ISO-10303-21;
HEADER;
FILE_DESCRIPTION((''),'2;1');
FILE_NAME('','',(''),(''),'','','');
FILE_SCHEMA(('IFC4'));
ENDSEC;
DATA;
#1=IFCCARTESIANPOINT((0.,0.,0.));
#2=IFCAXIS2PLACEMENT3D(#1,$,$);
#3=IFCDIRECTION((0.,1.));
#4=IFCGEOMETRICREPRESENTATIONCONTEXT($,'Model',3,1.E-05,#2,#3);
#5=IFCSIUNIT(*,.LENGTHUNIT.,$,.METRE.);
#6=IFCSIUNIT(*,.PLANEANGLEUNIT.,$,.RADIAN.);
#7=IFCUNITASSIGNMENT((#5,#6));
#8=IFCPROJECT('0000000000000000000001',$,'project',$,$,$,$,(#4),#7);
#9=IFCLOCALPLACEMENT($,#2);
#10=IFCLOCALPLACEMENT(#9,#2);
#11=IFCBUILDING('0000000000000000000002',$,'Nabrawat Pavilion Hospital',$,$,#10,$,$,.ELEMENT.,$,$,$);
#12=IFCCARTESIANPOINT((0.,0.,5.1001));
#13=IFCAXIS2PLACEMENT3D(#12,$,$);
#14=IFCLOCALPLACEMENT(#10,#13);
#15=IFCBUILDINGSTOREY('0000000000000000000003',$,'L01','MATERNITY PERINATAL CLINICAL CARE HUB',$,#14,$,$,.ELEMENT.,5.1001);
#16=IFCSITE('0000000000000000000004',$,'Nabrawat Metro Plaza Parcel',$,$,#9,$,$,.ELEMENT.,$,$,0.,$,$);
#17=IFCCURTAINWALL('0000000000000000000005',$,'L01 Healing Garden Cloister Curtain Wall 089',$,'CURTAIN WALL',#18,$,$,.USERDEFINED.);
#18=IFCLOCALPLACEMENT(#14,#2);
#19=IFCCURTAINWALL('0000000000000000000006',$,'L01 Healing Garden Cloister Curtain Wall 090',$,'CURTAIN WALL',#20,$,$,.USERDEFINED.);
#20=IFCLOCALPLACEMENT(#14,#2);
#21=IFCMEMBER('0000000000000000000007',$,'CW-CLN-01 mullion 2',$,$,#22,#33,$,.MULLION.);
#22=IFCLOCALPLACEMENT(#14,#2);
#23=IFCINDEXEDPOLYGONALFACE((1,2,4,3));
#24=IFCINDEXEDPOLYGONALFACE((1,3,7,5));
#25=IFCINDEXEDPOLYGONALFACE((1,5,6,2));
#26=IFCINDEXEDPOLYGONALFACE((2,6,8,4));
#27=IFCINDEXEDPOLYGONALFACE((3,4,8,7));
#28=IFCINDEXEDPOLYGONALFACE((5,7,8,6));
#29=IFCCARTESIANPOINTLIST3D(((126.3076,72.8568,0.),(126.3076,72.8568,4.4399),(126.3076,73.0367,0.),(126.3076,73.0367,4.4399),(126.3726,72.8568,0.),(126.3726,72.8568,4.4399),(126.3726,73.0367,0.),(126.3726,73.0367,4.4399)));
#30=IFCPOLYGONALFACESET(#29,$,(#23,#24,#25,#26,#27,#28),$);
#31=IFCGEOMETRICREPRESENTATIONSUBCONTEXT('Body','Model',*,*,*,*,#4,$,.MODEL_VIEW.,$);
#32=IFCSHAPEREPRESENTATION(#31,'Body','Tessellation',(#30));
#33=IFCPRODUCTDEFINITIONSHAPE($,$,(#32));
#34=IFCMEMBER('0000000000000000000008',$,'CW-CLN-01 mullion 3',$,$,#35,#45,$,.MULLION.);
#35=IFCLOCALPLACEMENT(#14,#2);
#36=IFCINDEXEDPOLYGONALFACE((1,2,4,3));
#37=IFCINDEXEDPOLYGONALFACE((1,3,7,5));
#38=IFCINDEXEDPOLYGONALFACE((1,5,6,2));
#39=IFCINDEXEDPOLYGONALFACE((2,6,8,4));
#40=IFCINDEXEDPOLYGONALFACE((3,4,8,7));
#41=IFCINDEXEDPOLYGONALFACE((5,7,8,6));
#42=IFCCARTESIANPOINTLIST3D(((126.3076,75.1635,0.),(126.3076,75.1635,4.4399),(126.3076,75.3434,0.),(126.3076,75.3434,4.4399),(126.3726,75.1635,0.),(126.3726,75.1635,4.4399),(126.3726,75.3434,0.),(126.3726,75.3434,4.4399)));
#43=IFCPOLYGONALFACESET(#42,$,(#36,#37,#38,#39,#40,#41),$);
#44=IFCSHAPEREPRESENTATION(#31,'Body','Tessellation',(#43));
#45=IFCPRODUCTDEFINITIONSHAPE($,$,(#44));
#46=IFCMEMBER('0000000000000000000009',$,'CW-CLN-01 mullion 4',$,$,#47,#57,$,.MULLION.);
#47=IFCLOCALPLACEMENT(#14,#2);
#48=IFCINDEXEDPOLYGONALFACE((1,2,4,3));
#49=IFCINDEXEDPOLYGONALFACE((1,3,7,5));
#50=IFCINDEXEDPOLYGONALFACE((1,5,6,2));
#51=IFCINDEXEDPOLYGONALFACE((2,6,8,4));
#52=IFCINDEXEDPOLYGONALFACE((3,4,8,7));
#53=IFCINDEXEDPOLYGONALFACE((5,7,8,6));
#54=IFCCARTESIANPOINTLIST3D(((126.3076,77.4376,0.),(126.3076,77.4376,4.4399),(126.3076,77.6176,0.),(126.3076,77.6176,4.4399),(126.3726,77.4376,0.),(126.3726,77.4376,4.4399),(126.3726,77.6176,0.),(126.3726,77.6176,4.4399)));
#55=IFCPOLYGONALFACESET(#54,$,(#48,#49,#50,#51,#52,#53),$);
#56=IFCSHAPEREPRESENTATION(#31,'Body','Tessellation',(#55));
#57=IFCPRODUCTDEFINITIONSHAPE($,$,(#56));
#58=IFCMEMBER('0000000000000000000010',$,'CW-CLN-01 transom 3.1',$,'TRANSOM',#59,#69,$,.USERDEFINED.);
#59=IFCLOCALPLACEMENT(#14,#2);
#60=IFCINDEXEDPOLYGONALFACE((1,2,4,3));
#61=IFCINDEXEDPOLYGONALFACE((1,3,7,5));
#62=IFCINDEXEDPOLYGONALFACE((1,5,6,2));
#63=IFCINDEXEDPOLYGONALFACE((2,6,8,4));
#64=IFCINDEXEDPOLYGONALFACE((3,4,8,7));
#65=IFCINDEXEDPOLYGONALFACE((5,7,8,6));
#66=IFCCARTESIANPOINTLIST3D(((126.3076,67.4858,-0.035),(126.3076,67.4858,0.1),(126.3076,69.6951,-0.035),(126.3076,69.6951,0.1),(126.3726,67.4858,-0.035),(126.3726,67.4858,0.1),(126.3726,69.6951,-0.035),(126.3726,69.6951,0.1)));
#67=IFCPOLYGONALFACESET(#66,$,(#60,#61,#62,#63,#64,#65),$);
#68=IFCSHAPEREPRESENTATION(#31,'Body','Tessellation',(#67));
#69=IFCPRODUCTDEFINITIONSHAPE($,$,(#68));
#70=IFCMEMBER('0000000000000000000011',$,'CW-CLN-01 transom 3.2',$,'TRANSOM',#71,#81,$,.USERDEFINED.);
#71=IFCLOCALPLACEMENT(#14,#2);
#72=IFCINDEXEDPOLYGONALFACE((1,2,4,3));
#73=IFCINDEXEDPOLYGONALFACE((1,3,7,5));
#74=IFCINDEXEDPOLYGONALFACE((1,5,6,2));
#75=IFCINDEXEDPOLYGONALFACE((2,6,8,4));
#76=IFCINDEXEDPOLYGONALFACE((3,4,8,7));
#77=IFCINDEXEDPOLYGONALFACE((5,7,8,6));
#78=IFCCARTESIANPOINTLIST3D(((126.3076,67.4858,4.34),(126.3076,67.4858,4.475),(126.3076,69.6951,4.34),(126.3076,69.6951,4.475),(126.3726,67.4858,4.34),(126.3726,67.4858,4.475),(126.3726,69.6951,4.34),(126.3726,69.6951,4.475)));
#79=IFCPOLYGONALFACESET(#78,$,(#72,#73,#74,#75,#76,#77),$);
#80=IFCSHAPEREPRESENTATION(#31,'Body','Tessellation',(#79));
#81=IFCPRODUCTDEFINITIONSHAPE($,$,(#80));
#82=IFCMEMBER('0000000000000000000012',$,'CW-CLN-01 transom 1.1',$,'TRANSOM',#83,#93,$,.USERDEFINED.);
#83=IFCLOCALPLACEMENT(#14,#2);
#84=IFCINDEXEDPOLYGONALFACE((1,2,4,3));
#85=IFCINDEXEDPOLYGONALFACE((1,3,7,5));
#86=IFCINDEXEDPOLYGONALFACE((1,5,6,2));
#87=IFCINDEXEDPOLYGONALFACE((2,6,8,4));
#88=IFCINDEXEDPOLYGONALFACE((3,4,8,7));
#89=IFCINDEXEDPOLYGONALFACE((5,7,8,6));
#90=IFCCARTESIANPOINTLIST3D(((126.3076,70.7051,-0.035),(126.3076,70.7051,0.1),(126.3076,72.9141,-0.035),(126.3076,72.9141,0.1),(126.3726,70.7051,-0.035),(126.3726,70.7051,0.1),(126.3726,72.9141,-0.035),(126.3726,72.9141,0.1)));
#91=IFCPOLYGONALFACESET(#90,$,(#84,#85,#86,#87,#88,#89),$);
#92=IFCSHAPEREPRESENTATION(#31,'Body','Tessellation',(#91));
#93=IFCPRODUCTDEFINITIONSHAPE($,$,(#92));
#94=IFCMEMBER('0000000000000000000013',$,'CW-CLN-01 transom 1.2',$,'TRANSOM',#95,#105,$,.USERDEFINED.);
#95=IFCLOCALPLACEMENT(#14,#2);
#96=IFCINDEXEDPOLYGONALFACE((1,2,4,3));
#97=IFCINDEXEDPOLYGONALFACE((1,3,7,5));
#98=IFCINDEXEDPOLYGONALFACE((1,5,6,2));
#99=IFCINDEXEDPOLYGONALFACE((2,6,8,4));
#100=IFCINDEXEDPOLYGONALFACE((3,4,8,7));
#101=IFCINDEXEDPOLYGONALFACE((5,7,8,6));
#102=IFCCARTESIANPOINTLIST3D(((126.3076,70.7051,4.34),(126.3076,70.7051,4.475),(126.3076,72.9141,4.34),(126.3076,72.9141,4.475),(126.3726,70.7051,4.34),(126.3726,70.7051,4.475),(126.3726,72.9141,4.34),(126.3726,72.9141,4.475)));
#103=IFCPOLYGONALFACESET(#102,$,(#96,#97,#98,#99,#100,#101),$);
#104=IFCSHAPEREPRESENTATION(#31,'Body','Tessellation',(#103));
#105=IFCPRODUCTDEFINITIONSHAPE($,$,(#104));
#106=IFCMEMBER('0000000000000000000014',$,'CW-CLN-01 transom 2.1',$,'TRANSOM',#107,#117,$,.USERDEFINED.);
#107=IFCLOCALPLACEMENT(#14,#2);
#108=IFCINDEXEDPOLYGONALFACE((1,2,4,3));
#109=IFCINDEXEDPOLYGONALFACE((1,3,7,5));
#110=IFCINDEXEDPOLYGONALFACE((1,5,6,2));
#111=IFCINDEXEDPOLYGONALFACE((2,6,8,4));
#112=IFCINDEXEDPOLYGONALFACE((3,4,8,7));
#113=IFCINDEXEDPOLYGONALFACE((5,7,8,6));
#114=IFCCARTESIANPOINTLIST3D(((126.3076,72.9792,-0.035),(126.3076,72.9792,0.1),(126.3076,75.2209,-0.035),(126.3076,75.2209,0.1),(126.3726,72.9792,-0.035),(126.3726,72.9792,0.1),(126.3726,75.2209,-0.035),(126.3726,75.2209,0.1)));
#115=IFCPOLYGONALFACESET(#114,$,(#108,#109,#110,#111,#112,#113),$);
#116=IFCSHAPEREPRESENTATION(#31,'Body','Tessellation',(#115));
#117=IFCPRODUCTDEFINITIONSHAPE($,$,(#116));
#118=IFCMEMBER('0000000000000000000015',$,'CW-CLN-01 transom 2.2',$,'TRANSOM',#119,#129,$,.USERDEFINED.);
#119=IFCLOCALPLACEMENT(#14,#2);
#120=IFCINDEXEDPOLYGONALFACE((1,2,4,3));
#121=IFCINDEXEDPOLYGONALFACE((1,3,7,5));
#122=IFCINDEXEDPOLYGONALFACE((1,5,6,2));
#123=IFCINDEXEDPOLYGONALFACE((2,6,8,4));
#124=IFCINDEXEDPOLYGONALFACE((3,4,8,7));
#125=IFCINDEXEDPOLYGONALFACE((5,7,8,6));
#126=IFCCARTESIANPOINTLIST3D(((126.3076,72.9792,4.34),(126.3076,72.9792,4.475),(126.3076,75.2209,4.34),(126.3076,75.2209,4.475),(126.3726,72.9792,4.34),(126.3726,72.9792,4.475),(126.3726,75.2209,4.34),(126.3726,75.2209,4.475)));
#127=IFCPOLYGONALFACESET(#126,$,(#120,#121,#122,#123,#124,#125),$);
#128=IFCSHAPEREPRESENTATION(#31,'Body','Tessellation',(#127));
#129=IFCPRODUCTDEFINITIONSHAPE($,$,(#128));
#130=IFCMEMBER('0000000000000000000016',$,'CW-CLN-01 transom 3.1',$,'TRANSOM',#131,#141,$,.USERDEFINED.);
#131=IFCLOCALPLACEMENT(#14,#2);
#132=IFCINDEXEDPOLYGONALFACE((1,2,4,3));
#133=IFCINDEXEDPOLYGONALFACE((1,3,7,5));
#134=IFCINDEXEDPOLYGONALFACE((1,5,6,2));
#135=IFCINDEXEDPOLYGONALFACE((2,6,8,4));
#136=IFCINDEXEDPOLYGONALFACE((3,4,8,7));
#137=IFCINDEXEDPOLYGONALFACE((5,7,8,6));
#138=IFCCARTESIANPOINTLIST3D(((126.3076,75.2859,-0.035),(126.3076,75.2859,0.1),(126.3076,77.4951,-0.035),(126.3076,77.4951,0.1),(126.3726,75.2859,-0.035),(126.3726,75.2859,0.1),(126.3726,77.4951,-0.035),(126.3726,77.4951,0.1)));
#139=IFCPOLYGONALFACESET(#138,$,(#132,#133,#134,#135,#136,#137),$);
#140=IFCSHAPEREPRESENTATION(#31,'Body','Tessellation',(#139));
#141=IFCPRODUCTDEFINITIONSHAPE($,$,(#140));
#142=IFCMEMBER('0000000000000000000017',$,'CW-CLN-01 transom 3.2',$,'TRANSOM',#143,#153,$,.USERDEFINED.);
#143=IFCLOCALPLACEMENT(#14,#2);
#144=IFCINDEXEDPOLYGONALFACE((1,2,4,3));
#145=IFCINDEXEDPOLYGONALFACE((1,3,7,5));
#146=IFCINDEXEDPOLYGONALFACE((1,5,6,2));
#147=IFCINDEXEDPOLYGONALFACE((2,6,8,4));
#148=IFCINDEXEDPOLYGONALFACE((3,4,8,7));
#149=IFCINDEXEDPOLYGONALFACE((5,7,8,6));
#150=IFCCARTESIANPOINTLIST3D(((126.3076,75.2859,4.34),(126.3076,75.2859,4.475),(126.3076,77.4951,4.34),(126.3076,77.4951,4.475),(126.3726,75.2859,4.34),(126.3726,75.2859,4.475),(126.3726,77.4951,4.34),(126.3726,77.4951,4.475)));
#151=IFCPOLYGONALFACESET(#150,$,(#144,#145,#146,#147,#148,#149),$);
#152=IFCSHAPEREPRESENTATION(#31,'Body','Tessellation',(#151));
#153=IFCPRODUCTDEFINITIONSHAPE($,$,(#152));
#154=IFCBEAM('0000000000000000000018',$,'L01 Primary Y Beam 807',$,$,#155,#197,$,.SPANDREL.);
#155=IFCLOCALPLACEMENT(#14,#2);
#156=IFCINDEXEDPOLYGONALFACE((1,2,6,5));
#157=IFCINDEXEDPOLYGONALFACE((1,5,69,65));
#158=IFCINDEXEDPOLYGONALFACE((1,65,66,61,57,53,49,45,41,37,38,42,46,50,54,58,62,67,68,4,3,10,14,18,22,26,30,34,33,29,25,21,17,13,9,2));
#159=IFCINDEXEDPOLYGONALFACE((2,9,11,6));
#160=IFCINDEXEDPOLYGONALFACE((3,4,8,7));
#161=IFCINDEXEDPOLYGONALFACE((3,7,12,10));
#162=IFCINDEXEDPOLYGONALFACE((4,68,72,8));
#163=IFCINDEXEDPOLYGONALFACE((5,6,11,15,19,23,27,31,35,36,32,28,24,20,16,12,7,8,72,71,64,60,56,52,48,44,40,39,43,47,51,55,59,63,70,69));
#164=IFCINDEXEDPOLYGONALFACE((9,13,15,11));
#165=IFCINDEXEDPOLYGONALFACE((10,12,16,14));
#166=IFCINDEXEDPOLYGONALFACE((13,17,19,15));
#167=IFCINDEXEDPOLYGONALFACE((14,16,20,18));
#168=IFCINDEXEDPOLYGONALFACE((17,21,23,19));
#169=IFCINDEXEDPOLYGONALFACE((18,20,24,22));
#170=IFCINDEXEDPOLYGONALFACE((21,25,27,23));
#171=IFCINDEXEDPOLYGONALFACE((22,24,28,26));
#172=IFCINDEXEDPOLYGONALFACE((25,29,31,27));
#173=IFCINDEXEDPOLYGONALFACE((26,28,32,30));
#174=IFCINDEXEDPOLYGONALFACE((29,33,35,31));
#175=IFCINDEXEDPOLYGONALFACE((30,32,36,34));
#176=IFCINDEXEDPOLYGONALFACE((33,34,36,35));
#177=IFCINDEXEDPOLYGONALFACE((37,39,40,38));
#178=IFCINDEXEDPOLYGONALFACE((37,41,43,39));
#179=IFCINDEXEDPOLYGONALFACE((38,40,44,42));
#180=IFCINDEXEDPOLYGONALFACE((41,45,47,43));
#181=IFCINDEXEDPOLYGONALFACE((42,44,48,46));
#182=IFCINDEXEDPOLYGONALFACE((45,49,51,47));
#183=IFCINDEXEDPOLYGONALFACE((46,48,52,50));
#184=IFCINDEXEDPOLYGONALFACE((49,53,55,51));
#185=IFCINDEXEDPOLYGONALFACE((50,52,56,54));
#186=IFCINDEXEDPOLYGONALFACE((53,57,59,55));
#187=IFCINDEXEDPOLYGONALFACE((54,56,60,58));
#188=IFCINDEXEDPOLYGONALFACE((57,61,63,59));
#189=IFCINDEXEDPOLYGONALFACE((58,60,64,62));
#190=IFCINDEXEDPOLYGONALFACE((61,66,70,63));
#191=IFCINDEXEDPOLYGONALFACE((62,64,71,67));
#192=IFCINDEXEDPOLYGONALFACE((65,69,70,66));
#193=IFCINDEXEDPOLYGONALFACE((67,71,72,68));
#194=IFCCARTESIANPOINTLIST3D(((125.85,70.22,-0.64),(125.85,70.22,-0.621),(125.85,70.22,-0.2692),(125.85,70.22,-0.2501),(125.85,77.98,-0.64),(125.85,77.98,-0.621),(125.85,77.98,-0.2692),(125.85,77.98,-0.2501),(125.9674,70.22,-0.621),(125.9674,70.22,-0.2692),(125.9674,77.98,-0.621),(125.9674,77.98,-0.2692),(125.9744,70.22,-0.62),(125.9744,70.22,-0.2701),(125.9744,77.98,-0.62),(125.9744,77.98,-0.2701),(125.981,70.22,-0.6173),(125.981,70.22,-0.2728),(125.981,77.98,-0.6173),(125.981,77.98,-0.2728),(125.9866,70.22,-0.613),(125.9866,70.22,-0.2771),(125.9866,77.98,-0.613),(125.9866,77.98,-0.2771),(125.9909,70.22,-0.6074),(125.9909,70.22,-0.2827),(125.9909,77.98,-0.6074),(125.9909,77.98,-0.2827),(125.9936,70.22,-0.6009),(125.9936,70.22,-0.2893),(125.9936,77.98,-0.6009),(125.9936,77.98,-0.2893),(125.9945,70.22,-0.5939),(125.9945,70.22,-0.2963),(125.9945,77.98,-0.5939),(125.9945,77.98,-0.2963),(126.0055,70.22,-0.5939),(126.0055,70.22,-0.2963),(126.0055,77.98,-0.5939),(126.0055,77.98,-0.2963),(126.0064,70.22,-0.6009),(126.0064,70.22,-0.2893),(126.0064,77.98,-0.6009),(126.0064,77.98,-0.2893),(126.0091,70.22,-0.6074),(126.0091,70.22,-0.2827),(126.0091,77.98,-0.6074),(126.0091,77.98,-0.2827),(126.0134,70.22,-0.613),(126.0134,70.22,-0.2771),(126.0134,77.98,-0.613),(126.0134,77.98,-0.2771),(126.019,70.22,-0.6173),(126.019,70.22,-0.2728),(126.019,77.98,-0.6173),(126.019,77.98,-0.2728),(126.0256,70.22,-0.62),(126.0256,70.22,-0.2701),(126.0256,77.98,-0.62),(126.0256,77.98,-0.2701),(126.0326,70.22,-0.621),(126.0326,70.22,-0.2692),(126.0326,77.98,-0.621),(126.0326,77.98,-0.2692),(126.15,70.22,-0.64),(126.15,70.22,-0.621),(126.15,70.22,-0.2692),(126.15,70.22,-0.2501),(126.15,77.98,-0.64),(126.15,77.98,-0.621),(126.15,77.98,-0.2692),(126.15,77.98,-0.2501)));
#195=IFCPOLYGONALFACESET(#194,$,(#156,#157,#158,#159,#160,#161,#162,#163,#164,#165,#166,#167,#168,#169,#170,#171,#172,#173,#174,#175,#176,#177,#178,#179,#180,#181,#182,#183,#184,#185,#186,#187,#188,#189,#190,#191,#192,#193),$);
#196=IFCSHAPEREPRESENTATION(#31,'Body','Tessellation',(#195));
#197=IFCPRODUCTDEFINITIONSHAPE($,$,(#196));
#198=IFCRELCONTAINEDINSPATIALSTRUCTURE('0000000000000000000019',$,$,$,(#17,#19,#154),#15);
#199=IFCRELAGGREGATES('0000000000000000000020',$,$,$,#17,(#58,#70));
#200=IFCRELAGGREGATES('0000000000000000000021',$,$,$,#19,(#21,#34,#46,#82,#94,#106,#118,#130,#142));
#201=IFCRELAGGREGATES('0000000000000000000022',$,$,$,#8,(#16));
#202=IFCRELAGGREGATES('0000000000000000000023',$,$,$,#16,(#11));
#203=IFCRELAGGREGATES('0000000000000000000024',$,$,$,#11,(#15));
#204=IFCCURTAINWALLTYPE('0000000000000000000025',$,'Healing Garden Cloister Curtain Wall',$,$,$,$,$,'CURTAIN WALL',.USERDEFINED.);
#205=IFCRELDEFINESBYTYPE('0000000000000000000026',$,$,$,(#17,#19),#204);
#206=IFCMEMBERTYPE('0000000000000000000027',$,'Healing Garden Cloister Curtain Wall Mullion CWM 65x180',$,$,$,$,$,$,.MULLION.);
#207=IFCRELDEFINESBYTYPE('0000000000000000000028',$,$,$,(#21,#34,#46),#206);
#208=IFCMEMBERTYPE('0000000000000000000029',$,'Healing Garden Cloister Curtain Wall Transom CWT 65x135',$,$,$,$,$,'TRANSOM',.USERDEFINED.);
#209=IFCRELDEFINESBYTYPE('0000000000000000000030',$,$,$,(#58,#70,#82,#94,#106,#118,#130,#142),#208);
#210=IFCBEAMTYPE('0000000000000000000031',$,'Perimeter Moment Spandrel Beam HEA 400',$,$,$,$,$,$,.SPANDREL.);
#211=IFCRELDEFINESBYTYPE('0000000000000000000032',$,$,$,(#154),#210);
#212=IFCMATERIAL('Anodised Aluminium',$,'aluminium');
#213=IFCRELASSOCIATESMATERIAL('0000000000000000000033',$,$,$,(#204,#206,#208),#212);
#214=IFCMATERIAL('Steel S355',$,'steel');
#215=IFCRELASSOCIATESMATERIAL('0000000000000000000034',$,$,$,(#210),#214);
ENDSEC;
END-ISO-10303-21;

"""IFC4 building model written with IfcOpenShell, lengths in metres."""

from ifc_helpers import new_model, si_unit, direction, frame, origin, origin_2d, place, context, subcontext, project, spatial, rectangle, i_section, extrude, material, material_profile, profile_set, type_object, element, aggregate, save


model = new_model("IFC4")

# Units and contexts
model_context = context("Model", 3, precision=1e-05, world=origin(), true_north=direction((0.0, 1.0)))
body_context = subcontext(model_context, "Body", "Model", "MODEL_VIEW")
ifc_project = project(units=[si_unit("LENGTHUNIT", "METRE"), si_unit("PLANEANGLEUNIT", "RADIAN")], contexts=[model_context])

# Site, building, storey
site_placement = place(None, origin())
site = spatial("IfcSite", under=ifc_project, at=site_placement, Name="Nabrawat Metro Plaza Parcel", CompositionType="ELEMENT", RefElevation=0.0)
building_placement = place(site_placement, origin())
building = spatial("IfcBuilding", under=site, at=building_placement, Name="Nabrawat Pavilion Hospital", CompositionType="ELEMENT")
storey_placement = place(building_placement, frame((0.0, 0.0, 5.1001)))
storey = spatial("IfcBuildingStorey", under=building, at=storey_placement, Name="L01", Description="MATERNITY PERINATAL CLINICAL CARE HUB", CompositionType="ELEMENT", Elevation=5.1001)

# Shared definitions
ifc_material_1 = material(Name="Steel S355", Category="steel")

# Shared definitions
ifc_material_2 = material(Name="Anodised Aluminium", Category="aluminium")

# Curtain wall
curtain_wall_type_1 = type_object("IfcCurtainWallType", Name="Healing Garden Cloister Curtain Wall", ElementType="CURTAIN WALL", PredefinedType="USERDEFINED", material=ifc_material_2)
curtain_wall_1_placement = place(storey_placement, origin())
curtain_wall_1 = element("IfcCurtainWall", 1, at=curtain_wall_1_placement, inside=storey, type_object=curtain_wall_type_1, Name="L01 Healing Garden Cloister Curtain Wall 089", ObjectType="CURTAIN WALL", PredefinedType="USERDEFINED")
ifc_material_profile_1 = material_profile(ifc_material_2, rectangle(XDim=0.0649, YDim=0.1799, at=origin_2d()), Name="CWM 65x180")
ifc_profile_set_1 = profile_set([ifc_material_profile_1], Name="Anodised Aluminium")
member_type_1 = type_object("IfcMemberType", Name="Healing Garden Cloister Curtain Wall Mullion CWM 65x180", PredefinedType="MULLION", material=ifc_profile_set_1)

# Curtain wall, members
curtain_wall_2_placement = place(storey_placement, origin())
curtain_wall_2 = element("IfcCurtainWall", 2, at=curtain_wall_2_placement, inside=storey, type_object=curtain_wall_type_1, Name="L01 Healing Garden Cloister Curtain Wall 090", ObjectType="CURTAIN WALL", PredefinedType="USERDEFINED")
member_1_placement = place(storey_placement, frame((126.3401, 72.9468, 0.0), z_axis=(0.0, 0.0, 1.0), x_axis=(-1.0, 0.0, 0.0)))
member_1 = element("IfcMember", 3, at=member_1_placement, type_object=member_type_1, Name="CW-CLN-01 mullion 2", PredefinedType="MULLION", context=body_context, shape_type="SweptSolid", body=[
    extrude(rectangle(XDim=0.0649, YDim=0.1799, at=origin_2d()), origin(), (0.0, 0.0, 1.0), 4.4399),
])
member_2_placement = place(storey_placement, frame((126.3401, 75.2534, 0.0), z_axis=(0.0, 0.0, 1.0), x_axis=(-1.0, 0.0, 0.0)))
member_2 = element("IfcMember", 4, at=member_2_placement, type_object=member_type_1, Name="CW-CLN-01 mullion 3", PredefinedType="MULLION", context=body_context, shape_type="SweptSolid", body=[
    extrude(rectangle(XDim=0.0649, YDim=0.1799, at=origin_2d()), origin(), (0.0, 0.0, 1.0), 4.4399),
])
member_3_placement = place(storey_placement, frame((126.3401, 77.5276, 0.0), z_axis=(0.0, 0.0, 1.0), x_axis=(-1.0, 0.0, 0.0)))
member_3 = element("IfcMember", 5, at=member_3_placement, type_object=member_type_1, Name="CW-CLN-01 mullion 4", PredefinedType="MULLION", context=body_context, shape_type="SweptSolid", body=[
    extrude(rectangle(XDim=0.0649, YDim=0.1799, at=origin_2d()), origin(), (0.0, 0.0, 1.0), 4.4399),
])

# Members
ifc_material_profile_2 = material_profile(ifc_material_2, rectangle(XDim=0.0649, YDim=0.135, at=origin_2d()), Name="CWT 65x135")
ifc_profile_set_2 = profile_set([ifc_material_profile_2], Name="Anodised Aluminium")
member_type_2 = type_object("IfcMemberType", Name="Healing Garden Cloister Curtain Wall Transom CWT 65x135", ElementType="TRANSOM", PredefinedType="USERDEFINED", material=ifc_profile_set_2)
member_4_placement = place(storey_placement, frame((126.3401, 67.4858, 0.0325), z_axis=(0.0, 1.0, 0.0), x_axis=(-1.0, 0.0, 0.0)))
member_4 = element("IfcMember", 6, at=member_4_placement, type_object=member_type_2, Name="CW-CLN-01 transom 3.1", ObjectType="TRANSOM", PredefinedType="USERDEFINED", context=body_context, shape_type="SweptSolid", body=[
    extrude(rectangle(XDim=0.0649, YDim=0.135, at=origin_2d()), origin(), (0.0, 0.0, 1.0), 2.2092),
])
member_5_placement = place(storey_placement, frame((126.3401, 67.4858, 4.4075), z_axis=(0.0, 1.0, 0.0), x_axis=(-1.0, 0.0, 0.0)))
member_5 = element("IfcMember", 7, at=member_5_placement, type_object=member_type_2, Name="CW-CLN-01 transom 3.2", ObjectType="TRANSOM", PredefinedType="USERDEFINED", context=body_context, shape_type="SweptSolid", body=[
    extrude(rectangle(XDim=0.0649, YDim=0.135, at=origin_2d()), origin(), (0.0, 0.0, 1.0), 2.2092),
])
member_6_placement = place(storey_placement, frame((126.3401, 70.7051, 0.0325), z_axis=(0.0, 1.0, 0.0), x_axis=(-1.0, 0.0, 0.0)))
member_6 = element("IfcMember", 8, at=member_6_placement, type_object=member_type_2, Name="CW-CLN-01 transom 1.1", ObjectType="TRANSOM", PredefinedType="USERDEFINED", context=body_context, shape_type="SweptSolid", body=[
    extrude(rectangle(XDim=0.0649, YDim=0.135, at=origin_2d()), origin(), (0.0, 0.0, 1.0), 2.209),
])
member_7_placement = place(storey_placement, frame((126.3401, 70.7051, 4.4075), z_axis=(0.0, 1.0, 0.0), x_axis=(-1.0, 0.0, 0.0)))
member_7 = element("IfcMember", 9, at=member_7_placement, type_object=member_type_2, Name="CW-CLN-01 transom 1.2", ObjectType="TRANSOM", PredefinedType="USERDEFINED", context=body_context, shape_type="SweptSolid", body=[
    extrude(rectangle(XDim=0.0649, YDim=0.135, at=origin_2d()), origin(), (0.0, 0.0, 1.0), 2.209),
])
member_8_placement = place(storey_placement, frame((126.3401, 72.9792, 0.0325), z_axis=(0.0, 1.0, 0.0), x_axis=(-1.0, 0.0, 0.0)))
member_8 = element("IfcMember", 10, at=member_8_placement, type_object=member_type_2, Name="CW-CLN-01 transom 2.1", ObjectType="TRANSOM", PredefinedType="USERDEFINED", context=body_context, shape_type="SweptSolid", body=[
    extrude(rectangle(XDim=0.0649, YDim=0.135, at=origin_2d()), origin(), (0.0, 0.0, 1.0), 2.2417),
])
member_9_placement = place(storey_placement, frame((126.3401, 72.9792, 4.4075), z_axis=(0.0, 1.0, 0.0), x_axis=(-1.0, 0.0, 0.0)))
member_9 = element("IfcMember", 11, at=member_9_placement, type_object=member_type_2, Name="CW-CLN-01 transom 2.2", ObjectType="TRANSOM", PredefinedType="USERDEFINED", context=body_context, shape_type="SweptSolid", body=[
    extrude(rectangle(XDim=0.0649, YDim=0.135, at=origin_2d()), origin(), (0.0, 0.0, 1.0), 2.2417),
])
member_10_placement = place(storey_placement, frame((126.3401, 75.2859, 0.0325), z_axis=(0.0, 1.0, 0.0), x_axis=(-1.0, 0.0, 0.0)))
member_10 = element("IfcMember", 12, at=member_10_placement, type_object=member_type_2, Name="CW-CLN-01 transom 3.1", ObjectType="TRANSOM", PredefinedType="USERDEFINED", context=body_context, shape_type="SweptSolid", body=[
    extrude(rectangle(XDim=0.0649, YDim=0.135, at=origin_2d()), origin(), (0.0, 0.0, 1.0), 2.2092),
])
member_11_placement = place(storey_placement, frame((126.3401, 75.2859, 4.4075), z_axis=(0.0, 1.0, 0.0), x_axis=(-1.0, 0.0, 0.0)))
member_11 = element("IfcMember", 13, at=member_11_placement, type_object=member_type_2, Name="CW-CLN-01 transom 3.2", ObjectType="TRANSOM", PredefinedType="USERDEFINED", context=body_context, shape_type="SweptSolid", body=[
    extrude(rectangle(XDim=0.0649, YDim=0.135, at=origin_2d()), origin(), (0.0, 0.0, 1.0), 2.2092),
])

# Beam
ifc_material_profile_3 = material_profile(ifc_material_1, i_section(OverallWidth=0.3, OverallDepth=0.3899, WebThickness=0.011, FlangeThickness=0.019, FilletRadius=0.0271, at=origin_2d()), Name="HEA 400")
ifc_profile_set_3 = profile_set([ifc_material_profile_3], Name="Steel S355")
beam_type_1 = type_object("IfcBeamType", Name="Perimeter Moment Spandrel Beam HEA 400", PredefinedType="SPANDREL", material=ifc_profile_set_3)
for number, where, z_axis, x_axis, name in (
    (14, (126.0, 70.22, -0.4451), (0.0, 1.0, 0.0), (-1.0, 0.0, 0.0), "L01 Primary Y Beam 807"),
):
    element("IfcBeam", number, at=place(storey_placement, frame(where, z_axis=z_axis, x_axis=x_axis)), inside=storey, type_object=beam_type_1, Name=name, PredefinedType="SPANDREL", context=body_context, shape_type="SweptSolid", body=[
        extrude(i_section(OverallWidth=0.3, OverallDepth=0.3899, WebThickness=0.011, FlangeThickness=0.019, FilletRadius=0.0271, at=origin_2d()), origin(), (0.0, 0.0, 1.0), 7.76),
    ])

aggregate(curtain_wall_1, [member_4, member_5])
aggregate(curtain_wall_2, [member_1, member_2, member_3, member_6, member_7, member_8, member_9, member_10, member_11])

save(model, "model.ifc")
